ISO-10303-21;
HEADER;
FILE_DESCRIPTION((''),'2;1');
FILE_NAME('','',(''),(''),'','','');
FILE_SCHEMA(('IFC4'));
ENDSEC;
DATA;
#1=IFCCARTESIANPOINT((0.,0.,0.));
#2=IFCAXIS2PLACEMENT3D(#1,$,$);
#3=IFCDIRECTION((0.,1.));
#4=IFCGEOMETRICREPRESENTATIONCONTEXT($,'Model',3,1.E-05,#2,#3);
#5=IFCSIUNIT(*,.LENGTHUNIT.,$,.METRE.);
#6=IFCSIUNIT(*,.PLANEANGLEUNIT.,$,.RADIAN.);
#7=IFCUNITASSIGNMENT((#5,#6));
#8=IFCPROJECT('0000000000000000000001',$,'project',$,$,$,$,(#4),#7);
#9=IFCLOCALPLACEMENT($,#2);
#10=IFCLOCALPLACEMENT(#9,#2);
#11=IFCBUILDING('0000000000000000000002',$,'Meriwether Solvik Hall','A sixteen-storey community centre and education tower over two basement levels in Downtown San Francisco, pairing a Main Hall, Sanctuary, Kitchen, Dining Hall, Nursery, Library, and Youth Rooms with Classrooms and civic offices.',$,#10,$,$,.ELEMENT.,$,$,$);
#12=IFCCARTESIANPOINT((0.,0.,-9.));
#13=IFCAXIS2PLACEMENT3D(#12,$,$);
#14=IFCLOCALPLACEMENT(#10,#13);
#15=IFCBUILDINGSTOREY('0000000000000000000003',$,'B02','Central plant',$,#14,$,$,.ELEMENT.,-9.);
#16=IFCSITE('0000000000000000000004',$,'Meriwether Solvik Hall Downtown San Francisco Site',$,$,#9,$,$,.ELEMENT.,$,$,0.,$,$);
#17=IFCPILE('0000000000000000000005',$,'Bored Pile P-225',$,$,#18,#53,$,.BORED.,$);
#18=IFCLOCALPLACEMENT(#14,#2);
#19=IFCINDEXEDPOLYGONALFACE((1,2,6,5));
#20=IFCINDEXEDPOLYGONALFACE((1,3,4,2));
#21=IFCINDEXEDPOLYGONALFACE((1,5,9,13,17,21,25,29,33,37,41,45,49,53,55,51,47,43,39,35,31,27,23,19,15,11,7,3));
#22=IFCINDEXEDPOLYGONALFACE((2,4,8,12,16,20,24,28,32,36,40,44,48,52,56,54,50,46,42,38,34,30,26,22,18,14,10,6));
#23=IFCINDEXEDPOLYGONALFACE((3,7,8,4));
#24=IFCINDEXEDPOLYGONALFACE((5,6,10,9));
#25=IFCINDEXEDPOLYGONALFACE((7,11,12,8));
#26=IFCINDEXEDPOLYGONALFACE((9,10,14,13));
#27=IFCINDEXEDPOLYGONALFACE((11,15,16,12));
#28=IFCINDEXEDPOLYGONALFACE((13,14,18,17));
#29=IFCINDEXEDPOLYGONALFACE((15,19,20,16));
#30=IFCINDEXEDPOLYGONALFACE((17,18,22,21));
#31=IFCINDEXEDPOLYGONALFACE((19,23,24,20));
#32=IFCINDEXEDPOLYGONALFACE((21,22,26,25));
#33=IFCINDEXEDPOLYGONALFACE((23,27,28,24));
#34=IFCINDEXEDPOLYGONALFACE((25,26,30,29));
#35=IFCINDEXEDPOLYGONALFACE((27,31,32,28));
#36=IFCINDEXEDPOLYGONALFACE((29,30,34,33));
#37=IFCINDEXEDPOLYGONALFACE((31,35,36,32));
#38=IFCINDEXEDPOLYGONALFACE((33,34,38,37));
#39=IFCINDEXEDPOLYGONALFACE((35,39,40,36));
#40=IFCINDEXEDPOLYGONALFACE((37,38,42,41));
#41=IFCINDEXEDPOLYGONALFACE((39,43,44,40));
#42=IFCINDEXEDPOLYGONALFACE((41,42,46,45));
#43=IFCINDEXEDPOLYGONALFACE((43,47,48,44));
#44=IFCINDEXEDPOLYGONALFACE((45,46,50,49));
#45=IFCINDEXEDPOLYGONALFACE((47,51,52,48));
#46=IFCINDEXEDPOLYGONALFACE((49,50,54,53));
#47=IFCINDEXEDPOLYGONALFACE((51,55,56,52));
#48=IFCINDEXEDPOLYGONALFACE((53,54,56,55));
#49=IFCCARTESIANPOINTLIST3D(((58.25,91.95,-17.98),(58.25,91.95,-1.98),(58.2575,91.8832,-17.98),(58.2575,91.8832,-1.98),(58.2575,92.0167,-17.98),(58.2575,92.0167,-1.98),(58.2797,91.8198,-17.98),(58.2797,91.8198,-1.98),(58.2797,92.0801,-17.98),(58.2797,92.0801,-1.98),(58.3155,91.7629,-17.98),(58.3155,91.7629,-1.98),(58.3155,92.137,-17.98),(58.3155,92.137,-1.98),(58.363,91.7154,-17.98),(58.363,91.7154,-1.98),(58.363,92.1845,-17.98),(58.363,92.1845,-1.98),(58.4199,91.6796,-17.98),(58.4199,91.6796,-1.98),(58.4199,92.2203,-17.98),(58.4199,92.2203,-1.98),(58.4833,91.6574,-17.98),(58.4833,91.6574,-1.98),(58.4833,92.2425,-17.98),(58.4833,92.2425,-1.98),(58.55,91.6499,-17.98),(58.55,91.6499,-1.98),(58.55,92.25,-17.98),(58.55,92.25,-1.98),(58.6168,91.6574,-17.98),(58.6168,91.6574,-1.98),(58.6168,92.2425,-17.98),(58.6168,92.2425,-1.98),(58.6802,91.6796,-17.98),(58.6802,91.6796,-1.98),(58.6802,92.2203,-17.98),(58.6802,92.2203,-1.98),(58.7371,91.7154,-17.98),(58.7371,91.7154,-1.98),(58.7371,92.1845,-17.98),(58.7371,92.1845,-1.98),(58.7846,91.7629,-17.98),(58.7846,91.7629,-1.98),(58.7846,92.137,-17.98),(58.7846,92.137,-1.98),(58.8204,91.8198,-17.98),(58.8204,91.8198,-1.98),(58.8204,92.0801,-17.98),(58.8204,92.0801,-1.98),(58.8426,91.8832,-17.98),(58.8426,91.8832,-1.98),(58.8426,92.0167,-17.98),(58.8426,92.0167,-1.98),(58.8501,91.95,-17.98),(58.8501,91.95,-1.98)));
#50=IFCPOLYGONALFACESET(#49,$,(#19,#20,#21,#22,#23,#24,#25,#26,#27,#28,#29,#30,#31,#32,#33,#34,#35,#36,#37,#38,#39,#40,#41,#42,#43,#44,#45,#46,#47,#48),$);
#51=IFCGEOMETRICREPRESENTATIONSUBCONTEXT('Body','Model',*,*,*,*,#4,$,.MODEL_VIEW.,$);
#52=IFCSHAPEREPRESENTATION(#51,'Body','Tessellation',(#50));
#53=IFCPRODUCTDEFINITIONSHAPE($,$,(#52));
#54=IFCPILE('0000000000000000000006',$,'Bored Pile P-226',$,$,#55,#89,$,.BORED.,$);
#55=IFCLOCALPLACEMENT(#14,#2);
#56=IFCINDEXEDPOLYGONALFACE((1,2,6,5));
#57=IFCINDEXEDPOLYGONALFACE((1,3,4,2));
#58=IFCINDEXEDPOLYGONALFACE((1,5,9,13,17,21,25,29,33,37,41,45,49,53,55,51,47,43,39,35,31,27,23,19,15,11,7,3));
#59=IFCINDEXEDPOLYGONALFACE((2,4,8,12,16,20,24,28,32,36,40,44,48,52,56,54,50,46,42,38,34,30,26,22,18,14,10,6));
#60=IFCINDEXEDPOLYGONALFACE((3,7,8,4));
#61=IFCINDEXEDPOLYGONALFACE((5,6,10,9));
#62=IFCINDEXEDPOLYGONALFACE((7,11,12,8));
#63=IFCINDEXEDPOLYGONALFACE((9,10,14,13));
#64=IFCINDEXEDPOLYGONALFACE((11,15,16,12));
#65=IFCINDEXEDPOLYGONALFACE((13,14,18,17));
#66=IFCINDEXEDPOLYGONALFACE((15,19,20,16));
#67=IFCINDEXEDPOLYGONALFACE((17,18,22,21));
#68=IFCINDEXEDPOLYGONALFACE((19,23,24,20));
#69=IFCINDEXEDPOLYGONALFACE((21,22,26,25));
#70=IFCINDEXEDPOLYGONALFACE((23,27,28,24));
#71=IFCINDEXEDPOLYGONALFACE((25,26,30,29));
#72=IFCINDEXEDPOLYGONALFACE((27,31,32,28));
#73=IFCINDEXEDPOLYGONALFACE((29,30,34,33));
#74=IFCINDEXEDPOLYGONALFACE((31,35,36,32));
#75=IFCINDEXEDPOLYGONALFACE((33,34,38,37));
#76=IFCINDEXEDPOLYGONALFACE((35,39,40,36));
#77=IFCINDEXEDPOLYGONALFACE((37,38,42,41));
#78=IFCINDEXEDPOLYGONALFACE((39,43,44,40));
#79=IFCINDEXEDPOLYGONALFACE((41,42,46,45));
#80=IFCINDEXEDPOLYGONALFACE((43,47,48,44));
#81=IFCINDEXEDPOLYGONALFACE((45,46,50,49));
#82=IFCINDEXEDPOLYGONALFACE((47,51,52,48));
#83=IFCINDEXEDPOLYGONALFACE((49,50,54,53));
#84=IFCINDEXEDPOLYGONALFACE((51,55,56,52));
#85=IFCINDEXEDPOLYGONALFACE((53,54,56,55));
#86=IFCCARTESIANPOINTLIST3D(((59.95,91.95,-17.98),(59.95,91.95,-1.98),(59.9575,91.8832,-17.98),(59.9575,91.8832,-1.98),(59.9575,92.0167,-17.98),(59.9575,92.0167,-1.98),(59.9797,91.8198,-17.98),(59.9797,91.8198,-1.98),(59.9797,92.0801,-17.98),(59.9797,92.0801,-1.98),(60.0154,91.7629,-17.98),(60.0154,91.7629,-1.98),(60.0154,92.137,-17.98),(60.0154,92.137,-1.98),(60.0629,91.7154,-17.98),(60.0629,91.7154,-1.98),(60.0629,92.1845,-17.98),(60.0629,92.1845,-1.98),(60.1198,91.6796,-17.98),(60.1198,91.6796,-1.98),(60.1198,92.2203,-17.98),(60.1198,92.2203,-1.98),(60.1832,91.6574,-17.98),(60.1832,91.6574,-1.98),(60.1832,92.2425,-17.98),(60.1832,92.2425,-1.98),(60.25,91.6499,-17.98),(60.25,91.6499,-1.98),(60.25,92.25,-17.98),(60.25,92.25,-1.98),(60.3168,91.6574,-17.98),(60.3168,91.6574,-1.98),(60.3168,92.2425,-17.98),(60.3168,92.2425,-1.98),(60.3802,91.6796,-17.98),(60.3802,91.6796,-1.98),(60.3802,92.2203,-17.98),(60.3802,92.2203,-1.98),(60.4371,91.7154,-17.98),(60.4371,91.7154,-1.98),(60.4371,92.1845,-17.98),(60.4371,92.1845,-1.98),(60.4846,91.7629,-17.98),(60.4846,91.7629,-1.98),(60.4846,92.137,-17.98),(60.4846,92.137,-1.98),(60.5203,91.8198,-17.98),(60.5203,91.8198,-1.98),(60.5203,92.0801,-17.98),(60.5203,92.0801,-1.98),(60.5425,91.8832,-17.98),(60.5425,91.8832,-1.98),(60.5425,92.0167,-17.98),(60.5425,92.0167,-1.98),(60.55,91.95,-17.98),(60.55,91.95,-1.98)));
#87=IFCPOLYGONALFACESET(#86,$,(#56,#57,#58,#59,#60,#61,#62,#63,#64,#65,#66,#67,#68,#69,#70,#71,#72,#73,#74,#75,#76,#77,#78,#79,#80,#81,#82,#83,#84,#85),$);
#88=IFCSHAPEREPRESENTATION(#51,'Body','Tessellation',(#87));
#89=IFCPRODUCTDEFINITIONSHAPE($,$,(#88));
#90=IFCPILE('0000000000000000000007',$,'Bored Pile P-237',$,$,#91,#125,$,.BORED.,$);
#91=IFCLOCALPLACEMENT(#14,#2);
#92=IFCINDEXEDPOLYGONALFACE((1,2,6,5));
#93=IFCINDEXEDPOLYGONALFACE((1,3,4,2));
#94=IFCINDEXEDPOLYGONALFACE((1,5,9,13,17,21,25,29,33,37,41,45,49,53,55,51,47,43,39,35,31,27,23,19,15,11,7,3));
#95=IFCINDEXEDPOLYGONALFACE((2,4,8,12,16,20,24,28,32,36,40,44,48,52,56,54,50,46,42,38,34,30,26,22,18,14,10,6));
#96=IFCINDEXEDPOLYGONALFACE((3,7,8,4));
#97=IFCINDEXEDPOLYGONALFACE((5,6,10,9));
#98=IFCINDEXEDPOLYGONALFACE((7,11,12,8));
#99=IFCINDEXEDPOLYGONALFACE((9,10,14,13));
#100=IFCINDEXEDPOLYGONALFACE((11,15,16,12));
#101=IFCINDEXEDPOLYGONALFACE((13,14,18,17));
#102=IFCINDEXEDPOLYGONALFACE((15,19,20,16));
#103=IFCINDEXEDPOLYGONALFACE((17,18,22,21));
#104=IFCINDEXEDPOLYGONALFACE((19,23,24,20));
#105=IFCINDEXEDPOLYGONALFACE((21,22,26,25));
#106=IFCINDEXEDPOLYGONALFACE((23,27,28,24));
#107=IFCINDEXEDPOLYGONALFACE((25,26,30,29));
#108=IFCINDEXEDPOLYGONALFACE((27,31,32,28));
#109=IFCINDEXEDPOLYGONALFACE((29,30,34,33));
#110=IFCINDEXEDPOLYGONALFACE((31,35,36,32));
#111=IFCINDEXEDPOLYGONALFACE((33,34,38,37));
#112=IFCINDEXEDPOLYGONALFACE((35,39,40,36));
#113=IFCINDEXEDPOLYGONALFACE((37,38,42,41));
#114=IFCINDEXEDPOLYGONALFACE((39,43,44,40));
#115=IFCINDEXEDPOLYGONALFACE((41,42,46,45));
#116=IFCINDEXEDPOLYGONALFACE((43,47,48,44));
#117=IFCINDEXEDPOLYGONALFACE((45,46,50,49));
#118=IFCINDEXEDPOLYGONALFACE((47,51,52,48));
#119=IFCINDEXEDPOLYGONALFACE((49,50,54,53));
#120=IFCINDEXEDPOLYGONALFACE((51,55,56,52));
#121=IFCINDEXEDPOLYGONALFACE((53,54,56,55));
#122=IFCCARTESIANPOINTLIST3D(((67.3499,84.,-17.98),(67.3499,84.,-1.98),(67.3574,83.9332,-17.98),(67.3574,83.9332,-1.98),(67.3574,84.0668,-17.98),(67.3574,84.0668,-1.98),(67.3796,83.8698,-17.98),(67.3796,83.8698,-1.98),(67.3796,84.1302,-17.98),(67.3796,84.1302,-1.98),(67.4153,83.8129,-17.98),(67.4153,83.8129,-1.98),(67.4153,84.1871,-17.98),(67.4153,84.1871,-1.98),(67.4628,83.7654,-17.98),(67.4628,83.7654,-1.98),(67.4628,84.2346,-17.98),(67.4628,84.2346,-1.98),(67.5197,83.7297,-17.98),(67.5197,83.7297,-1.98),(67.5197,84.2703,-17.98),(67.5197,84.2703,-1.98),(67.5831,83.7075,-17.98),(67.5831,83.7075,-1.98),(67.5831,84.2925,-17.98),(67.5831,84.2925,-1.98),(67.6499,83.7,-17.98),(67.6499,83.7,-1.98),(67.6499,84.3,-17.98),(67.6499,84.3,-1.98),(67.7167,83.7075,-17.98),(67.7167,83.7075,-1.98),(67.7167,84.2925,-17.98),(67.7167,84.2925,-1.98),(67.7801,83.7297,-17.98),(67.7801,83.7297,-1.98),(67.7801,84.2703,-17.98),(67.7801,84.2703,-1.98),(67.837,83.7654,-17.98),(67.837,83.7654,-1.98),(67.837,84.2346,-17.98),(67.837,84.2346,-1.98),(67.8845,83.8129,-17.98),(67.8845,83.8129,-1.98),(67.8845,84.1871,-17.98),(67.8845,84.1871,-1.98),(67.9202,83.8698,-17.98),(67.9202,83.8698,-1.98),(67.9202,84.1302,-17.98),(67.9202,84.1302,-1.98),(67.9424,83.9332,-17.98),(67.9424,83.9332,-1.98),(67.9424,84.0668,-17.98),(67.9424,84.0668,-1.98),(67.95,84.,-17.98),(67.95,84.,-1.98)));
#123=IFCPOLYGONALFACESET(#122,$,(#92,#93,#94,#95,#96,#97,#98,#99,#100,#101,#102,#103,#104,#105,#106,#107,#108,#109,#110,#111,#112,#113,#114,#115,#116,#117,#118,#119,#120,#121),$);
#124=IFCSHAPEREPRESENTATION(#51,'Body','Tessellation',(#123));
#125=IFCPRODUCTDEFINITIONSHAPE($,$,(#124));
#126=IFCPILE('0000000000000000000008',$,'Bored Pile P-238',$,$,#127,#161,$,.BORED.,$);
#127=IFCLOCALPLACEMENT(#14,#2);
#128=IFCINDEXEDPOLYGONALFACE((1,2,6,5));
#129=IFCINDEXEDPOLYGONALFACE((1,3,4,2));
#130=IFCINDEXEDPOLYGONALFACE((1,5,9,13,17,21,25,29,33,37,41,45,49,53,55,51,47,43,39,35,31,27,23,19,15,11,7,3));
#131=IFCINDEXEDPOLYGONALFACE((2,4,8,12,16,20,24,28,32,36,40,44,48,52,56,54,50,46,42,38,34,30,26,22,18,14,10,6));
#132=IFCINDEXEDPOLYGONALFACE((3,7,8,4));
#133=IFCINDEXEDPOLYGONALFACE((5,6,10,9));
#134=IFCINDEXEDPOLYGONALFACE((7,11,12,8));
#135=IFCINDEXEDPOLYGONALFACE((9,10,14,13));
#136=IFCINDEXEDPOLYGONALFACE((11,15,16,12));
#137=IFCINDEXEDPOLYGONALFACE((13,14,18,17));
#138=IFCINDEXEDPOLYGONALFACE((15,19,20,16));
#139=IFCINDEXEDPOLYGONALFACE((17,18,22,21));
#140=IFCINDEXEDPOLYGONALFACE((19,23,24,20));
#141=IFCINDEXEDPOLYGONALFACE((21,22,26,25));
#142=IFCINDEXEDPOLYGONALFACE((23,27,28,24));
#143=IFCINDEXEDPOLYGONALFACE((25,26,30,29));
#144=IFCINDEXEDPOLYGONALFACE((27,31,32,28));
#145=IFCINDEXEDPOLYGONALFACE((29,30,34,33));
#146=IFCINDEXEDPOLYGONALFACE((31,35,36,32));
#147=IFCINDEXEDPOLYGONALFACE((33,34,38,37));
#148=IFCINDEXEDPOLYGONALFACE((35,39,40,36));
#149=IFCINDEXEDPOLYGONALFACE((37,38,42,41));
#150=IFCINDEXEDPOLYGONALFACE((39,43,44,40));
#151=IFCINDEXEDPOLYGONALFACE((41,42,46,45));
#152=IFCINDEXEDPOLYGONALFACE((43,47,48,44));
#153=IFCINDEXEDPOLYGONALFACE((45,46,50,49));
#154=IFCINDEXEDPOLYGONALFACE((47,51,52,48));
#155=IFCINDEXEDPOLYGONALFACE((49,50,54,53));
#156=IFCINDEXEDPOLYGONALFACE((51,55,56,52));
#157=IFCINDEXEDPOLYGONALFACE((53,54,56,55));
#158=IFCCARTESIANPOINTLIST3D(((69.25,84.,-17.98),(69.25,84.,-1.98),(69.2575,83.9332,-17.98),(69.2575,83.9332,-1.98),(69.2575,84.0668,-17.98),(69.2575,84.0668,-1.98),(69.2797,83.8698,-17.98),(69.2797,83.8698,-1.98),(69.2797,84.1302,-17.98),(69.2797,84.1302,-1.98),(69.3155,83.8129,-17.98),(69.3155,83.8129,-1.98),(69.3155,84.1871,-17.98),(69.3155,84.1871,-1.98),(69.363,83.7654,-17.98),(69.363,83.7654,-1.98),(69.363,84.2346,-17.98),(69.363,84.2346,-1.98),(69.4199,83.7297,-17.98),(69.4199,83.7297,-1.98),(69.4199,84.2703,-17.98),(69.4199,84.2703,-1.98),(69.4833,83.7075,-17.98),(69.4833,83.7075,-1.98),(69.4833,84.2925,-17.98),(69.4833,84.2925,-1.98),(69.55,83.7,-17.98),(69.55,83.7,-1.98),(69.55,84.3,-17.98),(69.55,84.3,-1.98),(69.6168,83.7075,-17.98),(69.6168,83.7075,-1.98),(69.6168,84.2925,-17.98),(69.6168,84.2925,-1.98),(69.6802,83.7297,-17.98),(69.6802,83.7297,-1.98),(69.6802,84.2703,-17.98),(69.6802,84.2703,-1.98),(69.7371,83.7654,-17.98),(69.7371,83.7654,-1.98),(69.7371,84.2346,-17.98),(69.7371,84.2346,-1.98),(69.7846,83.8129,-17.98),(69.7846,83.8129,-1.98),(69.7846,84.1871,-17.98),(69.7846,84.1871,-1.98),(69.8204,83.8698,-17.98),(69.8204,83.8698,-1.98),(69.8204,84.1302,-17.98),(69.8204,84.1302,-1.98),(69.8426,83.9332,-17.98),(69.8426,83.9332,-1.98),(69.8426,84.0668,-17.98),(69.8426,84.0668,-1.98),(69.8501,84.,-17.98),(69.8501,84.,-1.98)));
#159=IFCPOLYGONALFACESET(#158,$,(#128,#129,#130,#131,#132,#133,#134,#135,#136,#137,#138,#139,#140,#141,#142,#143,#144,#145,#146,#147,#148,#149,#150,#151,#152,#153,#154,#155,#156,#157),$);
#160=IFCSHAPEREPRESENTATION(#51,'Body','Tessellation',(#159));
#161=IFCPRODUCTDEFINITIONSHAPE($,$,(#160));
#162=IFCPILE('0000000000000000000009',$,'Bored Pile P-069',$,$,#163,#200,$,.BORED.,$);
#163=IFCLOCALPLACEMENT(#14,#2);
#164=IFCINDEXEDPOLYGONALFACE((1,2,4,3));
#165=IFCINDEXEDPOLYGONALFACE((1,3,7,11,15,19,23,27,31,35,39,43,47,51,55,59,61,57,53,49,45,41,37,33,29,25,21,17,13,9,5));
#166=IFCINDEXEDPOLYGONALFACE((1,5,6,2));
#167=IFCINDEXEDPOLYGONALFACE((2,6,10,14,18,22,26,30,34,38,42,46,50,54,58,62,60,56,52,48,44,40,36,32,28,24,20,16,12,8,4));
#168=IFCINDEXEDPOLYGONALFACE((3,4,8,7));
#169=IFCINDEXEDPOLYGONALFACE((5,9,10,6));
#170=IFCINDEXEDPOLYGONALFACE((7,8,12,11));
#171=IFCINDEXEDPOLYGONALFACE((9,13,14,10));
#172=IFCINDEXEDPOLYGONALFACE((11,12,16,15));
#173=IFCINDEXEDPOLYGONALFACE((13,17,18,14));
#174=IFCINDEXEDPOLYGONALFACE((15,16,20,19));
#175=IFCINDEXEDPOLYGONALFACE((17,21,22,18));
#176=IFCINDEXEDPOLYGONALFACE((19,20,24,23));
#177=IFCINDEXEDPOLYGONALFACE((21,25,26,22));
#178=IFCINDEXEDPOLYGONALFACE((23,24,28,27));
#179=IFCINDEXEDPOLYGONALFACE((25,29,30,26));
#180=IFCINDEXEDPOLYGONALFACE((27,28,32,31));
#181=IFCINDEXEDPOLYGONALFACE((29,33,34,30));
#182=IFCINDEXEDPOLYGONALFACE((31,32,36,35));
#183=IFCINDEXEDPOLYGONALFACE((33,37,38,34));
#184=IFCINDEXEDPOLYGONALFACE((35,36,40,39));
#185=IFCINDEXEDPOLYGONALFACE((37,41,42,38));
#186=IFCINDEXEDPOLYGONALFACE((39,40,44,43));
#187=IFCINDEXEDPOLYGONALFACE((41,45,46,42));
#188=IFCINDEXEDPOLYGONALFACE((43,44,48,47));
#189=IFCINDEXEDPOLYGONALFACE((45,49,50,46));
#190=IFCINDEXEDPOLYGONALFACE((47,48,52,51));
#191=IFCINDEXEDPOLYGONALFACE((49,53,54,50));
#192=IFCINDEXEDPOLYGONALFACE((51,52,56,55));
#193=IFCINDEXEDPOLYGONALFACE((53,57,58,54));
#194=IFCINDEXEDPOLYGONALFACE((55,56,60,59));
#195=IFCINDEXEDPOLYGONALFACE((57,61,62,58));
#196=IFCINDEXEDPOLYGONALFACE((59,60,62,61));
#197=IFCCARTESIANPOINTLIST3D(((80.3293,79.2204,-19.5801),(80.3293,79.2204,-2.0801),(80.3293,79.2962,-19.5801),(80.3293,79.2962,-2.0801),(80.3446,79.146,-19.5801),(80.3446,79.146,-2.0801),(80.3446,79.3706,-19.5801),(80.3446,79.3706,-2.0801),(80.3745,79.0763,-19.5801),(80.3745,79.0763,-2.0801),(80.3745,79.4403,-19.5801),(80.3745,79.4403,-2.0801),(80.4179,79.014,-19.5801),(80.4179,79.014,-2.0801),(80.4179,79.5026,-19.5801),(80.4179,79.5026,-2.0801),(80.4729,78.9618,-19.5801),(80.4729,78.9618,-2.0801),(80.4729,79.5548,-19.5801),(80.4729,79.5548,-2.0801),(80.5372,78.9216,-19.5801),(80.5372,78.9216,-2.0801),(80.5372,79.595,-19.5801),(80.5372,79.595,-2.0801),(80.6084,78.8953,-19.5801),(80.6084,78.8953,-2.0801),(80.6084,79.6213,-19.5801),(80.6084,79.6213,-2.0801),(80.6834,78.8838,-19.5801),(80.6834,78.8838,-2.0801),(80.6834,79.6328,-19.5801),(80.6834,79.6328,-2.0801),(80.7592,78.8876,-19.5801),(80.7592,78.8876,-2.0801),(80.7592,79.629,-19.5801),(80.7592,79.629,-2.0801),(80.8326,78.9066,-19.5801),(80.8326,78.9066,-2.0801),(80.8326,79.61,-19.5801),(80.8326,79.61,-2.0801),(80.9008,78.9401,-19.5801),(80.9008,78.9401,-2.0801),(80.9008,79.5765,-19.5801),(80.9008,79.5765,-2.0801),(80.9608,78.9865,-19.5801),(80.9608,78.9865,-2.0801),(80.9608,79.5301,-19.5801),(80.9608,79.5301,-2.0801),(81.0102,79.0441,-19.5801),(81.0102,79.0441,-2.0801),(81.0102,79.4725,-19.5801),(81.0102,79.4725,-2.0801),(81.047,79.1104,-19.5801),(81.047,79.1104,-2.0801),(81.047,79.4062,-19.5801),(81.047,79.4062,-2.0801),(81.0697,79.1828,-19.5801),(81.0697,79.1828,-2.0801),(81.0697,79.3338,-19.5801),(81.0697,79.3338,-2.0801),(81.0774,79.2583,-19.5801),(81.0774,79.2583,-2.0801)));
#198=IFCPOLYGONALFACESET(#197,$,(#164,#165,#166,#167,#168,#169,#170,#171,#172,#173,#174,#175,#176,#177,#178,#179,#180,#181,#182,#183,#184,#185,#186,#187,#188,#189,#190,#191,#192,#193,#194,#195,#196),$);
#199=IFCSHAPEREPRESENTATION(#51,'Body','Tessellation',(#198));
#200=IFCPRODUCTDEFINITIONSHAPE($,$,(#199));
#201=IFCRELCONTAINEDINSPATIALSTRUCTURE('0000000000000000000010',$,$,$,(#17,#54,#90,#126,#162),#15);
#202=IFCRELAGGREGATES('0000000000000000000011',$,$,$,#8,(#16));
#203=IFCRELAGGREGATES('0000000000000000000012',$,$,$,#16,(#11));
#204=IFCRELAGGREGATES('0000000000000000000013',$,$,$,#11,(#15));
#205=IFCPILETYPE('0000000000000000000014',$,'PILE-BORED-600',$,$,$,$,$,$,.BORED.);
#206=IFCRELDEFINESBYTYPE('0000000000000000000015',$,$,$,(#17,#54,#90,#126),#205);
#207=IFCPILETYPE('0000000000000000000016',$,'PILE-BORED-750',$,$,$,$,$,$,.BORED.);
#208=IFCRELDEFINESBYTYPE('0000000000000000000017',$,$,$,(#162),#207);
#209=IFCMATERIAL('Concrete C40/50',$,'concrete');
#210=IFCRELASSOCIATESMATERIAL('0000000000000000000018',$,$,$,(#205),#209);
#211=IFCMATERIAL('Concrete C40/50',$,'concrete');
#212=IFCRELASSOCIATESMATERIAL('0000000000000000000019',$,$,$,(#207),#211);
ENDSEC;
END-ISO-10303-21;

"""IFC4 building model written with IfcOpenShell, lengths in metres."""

from ifc_helpers import new_model, si_unit, direction, frame, origin, origin_2d, place, context, subcontext, project, spatial, circle, extrude, material, material_profile, profile_set, type_object, element, save


model = new_model("IFC4")

# Units and contexts
model_context = context("Model", 3, precision=1e-05, world=origin(), true_north=direction((0.0, 1.0)))
body_context = subcontext(model_context, "Body", "Model", "MODEL_VIEW")
ifc_project = project(units=[si_unit("LENGTHUNIT", "METRE"), si_unit("PLANEANGLEUNIT", "RADIAN")], contexts=[model_context])

# Site, building, storey
site_placement = place(None, origin())
site = spatial("IfcSite", under=ifc_project, at=site_placement, Name="Meriwether Solvik Hall Downtown San Francisco Site", CompositionType="ELEMENT", RefElevation=0.0)
building_placement = place(site_placement, origin())
building = spatial("IfcBuilding", under=site, at=building_placement, Name="Meriwether Solvik Hall", Description="A sixteen-storey community centre and education tower over two basement levels in Downtown San Francisco, pairing a Main Hall, Sanctuary, Kitchen, Dining Hall, Nursery, Library, and Youth Rooms with Classrooms and civic offices.", CompositionType="ELEMENT")
storey_placement = place(building_placement, frame((0.0, 0.0, -9.0)))
storey = spatial("IfcBuildingStorey", under=building, at=storey_placement, Name="B02", Description="Central plant", CompositionType="ELEMENT", Elevation=-9.0)

# Piles
ifc_material_1 = material(Name="Concrete C40/50", Category="concrete")
ifc_material_profile_1 = material_profile(ifc_material_1, circle(Radius=0.3, at=origin_2d()), Name="PILE-D600")
ifc_profile_set_1 = profile_set([ifc_material_profile_1], Name="Concrete C40/50")
pile_type_1 = type_object("IfcPileType", Name="PILE-BORED-600", PredefinedType="BORED", material=ifc_profile_set_1)
for number, where, z_axis, x_axis, name in (
    (1, (58.55, 91.95, -1.98), (0.0, 0.0, -1.0), (1.0, 0.0, 0.0), "Bored Pile P-225"),
    (2, (60.25, 91.95, -1.98), (0.0, 0.0, -1.0), (1.0, 0.0, 0.0), "Bored Pile P-226"),
    (3, (67.6499, 84.0, -1.98), (0.0, 0.0, -1.0), (1.0, 0.0, 0.0), "Bored Pile P-237"),
    (4, (69.55, 84.0, -1.98), (0.0, 0.0, -1.0), (1.0, 0.0, 0.0), "Bored Pile P-238"),
):
    element("IfcPile", number, at=place(storey_placement, frame(where, z_axis=z_axis, x_axis=x_axis)), inside=storey, type_object=pile_type_1, Name=name, PredefinedType="BORED", context=body_context, shape_type="SweptSolid", body=[
        extrude(circle(Radius=0.3, at=origin_2d()), origin(), (0.0, 0.0, 1.0), 16.0),
    ])
ifc_material_2 = material(Name="Concrete C40/50", Category="concrete")
ifc_material_profile_2 = material_profile(ifc_material_2, circle(Radius=0.375, at=origin_2d()), Name="PILE-D750")
ifc_profile_set_2 = profile_set([ifc_material_profile_2], Name="Concrete C40/50")
pile_type_2 = type_object("IfcPileType", Name="PILE-BORED-750", PredefinedType="BORED", material=ifc_profile_set_2)
for number, where, z_axis, x_axis, name in (
    (5, (80.7024, 79.2583, -2.0801), (0.0, 0.0, -1.0), (1.0, 0.0, 0.0), "Bored Pile P-069"),
):
    element("IfcPile", number, at=place(storey_placement, frame(where, z_axis=z_axis, x_axis=x_axis)), inside=storey, type_object=pile_type_2, Name=name, PredefinedType="BORED", context=body_context, shape_type="SweptSolid", body=[
        extrude(circle(Radius=0.375, at=origin_2d()), origin(), (0.0, 0.0, 1.0), 17.5),
    ])

save(model, "model.ifc")
